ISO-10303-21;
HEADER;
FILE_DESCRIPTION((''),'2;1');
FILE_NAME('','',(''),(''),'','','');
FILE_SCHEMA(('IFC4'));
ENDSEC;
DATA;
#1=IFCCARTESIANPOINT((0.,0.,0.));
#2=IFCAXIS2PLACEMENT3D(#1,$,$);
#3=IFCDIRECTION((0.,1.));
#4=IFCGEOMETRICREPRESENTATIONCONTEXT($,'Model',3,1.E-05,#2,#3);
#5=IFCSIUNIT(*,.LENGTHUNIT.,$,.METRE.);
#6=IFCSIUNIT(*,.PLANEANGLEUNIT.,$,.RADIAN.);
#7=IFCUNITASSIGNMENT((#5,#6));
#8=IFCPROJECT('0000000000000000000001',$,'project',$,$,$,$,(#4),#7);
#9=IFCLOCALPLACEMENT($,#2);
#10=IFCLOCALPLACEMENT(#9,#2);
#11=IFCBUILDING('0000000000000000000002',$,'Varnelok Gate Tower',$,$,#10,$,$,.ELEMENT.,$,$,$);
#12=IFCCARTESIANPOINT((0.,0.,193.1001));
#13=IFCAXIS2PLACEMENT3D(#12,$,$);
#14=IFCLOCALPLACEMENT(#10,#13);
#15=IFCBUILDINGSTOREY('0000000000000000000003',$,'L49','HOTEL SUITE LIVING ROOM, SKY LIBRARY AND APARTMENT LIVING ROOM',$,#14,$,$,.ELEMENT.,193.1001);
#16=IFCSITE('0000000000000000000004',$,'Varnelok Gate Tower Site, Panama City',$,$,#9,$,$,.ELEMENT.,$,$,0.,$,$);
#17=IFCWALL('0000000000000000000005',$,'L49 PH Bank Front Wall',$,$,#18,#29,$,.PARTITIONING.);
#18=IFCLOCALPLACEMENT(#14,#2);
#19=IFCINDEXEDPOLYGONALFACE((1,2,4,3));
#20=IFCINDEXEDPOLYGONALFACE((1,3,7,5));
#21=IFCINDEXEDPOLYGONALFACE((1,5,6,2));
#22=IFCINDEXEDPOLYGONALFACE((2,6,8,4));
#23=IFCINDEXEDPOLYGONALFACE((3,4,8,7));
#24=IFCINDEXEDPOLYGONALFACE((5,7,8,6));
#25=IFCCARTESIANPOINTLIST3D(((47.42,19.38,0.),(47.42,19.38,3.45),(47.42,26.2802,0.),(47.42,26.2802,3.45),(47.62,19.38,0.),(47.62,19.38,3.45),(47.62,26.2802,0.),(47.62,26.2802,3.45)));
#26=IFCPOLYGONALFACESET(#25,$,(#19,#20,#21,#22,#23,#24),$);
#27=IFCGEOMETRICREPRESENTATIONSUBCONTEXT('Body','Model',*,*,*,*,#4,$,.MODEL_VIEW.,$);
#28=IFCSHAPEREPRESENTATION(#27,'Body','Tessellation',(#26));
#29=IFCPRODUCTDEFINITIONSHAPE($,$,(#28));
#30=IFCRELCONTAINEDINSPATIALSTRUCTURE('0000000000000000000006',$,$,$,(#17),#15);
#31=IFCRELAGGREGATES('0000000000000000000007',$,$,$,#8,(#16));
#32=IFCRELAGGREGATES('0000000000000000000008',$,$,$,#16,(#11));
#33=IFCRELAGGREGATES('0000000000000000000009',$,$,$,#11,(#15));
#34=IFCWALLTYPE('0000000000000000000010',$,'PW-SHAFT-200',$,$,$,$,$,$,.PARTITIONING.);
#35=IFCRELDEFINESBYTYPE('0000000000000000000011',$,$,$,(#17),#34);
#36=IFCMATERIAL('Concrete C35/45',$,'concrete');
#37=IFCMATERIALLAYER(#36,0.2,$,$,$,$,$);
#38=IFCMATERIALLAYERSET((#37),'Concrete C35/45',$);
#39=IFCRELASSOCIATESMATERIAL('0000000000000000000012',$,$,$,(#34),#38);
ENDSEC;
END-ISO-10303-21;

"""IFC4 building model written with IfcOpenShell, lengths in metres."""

from ifc_helpers import new_model, si_unit, direction, frame, frame_2d, origin, place, context, subcontext, project, spatial, rectangle, extrude, material, layer, layer_set, type_object, element, save


model = new_model("IFC4")

# Units and contexts
model_context = context("Model", 3, precision=1e-05, world=origin(), true_north=direction((0.0, 1.0)))
body_context = subcontext(model_context, "Body", "Model", "MODEL_VIEW")
ifc_project = project(units=[si_unit("LENGTHUNIT", "METRE"), si_unit("PLANEANGLEUNIT", "RADIAN")], contexts=[model_context])

# Site, building, storey
site_placement = place(None, origin())
site = spatial("IfcSite", under=ifc_project, at=site_placement, Name="Varnelok Gate Tower Site, Panama City", CompositionType="ELEMENT", RefElevation=0.0)
building_placement = place(site_placement, origin())
building = spatial("IfcBuilding", under=site, at=building_placement, Name="Varnelok Gate Tower", CompositionType="ELEMENT")
storey_placement = place(building_placement, frame((0.0, 0.0, 193.1001)))
storey = spatial("IfcBuildingStorey", under=building, at=storey_placement, Name="L49", Description="HOTEL SUITE LIVING ROOM, SKY LIBRARY AND APARTMENT LIVING ROOM", CompositionType="ELEMENT", Elevation=193.1001)

# Wall
ifc_material_1 = material(Name="Concrete C35/45", Category="concrete")
ifc_layer_1 = layer(ifc_material_1, 0.2)
ifc_layer_set_1 = layer_set([ifc_layer_1], Name="Concrete C35/45")
wall_type_1 = type_object("IfcWallType", Name="PW-SHAFT-200", PredefinedType="PARTITIONING", material=ifc_layer_set_1)
for number, where, z_axis, x_axis, name in (
    (1, (47.52, 19.3799, 0.0), (0.0, 0.0, 1.0), (0.0, 1.0, 0.0), "L49 PH Bank Front Wall"),
):
    element("IfcWall", number, at=place(storey_placement, frame(where, z_axis=z_axis, x_axis=x_axis)), inside=storey, type_object=wall_type_1, Name=name, PredefinedType="PARTITIONING", context=body_context, shape_type="SweptSolid", body=[
        extrude(rectangle(XDim=6.9001, YDim=0.2, at=frame_2d((3.4502, 0.0))), origin(), (0.0, 0.0, 1.0), 3.45),
    ])

save(model, "model.ifc")
